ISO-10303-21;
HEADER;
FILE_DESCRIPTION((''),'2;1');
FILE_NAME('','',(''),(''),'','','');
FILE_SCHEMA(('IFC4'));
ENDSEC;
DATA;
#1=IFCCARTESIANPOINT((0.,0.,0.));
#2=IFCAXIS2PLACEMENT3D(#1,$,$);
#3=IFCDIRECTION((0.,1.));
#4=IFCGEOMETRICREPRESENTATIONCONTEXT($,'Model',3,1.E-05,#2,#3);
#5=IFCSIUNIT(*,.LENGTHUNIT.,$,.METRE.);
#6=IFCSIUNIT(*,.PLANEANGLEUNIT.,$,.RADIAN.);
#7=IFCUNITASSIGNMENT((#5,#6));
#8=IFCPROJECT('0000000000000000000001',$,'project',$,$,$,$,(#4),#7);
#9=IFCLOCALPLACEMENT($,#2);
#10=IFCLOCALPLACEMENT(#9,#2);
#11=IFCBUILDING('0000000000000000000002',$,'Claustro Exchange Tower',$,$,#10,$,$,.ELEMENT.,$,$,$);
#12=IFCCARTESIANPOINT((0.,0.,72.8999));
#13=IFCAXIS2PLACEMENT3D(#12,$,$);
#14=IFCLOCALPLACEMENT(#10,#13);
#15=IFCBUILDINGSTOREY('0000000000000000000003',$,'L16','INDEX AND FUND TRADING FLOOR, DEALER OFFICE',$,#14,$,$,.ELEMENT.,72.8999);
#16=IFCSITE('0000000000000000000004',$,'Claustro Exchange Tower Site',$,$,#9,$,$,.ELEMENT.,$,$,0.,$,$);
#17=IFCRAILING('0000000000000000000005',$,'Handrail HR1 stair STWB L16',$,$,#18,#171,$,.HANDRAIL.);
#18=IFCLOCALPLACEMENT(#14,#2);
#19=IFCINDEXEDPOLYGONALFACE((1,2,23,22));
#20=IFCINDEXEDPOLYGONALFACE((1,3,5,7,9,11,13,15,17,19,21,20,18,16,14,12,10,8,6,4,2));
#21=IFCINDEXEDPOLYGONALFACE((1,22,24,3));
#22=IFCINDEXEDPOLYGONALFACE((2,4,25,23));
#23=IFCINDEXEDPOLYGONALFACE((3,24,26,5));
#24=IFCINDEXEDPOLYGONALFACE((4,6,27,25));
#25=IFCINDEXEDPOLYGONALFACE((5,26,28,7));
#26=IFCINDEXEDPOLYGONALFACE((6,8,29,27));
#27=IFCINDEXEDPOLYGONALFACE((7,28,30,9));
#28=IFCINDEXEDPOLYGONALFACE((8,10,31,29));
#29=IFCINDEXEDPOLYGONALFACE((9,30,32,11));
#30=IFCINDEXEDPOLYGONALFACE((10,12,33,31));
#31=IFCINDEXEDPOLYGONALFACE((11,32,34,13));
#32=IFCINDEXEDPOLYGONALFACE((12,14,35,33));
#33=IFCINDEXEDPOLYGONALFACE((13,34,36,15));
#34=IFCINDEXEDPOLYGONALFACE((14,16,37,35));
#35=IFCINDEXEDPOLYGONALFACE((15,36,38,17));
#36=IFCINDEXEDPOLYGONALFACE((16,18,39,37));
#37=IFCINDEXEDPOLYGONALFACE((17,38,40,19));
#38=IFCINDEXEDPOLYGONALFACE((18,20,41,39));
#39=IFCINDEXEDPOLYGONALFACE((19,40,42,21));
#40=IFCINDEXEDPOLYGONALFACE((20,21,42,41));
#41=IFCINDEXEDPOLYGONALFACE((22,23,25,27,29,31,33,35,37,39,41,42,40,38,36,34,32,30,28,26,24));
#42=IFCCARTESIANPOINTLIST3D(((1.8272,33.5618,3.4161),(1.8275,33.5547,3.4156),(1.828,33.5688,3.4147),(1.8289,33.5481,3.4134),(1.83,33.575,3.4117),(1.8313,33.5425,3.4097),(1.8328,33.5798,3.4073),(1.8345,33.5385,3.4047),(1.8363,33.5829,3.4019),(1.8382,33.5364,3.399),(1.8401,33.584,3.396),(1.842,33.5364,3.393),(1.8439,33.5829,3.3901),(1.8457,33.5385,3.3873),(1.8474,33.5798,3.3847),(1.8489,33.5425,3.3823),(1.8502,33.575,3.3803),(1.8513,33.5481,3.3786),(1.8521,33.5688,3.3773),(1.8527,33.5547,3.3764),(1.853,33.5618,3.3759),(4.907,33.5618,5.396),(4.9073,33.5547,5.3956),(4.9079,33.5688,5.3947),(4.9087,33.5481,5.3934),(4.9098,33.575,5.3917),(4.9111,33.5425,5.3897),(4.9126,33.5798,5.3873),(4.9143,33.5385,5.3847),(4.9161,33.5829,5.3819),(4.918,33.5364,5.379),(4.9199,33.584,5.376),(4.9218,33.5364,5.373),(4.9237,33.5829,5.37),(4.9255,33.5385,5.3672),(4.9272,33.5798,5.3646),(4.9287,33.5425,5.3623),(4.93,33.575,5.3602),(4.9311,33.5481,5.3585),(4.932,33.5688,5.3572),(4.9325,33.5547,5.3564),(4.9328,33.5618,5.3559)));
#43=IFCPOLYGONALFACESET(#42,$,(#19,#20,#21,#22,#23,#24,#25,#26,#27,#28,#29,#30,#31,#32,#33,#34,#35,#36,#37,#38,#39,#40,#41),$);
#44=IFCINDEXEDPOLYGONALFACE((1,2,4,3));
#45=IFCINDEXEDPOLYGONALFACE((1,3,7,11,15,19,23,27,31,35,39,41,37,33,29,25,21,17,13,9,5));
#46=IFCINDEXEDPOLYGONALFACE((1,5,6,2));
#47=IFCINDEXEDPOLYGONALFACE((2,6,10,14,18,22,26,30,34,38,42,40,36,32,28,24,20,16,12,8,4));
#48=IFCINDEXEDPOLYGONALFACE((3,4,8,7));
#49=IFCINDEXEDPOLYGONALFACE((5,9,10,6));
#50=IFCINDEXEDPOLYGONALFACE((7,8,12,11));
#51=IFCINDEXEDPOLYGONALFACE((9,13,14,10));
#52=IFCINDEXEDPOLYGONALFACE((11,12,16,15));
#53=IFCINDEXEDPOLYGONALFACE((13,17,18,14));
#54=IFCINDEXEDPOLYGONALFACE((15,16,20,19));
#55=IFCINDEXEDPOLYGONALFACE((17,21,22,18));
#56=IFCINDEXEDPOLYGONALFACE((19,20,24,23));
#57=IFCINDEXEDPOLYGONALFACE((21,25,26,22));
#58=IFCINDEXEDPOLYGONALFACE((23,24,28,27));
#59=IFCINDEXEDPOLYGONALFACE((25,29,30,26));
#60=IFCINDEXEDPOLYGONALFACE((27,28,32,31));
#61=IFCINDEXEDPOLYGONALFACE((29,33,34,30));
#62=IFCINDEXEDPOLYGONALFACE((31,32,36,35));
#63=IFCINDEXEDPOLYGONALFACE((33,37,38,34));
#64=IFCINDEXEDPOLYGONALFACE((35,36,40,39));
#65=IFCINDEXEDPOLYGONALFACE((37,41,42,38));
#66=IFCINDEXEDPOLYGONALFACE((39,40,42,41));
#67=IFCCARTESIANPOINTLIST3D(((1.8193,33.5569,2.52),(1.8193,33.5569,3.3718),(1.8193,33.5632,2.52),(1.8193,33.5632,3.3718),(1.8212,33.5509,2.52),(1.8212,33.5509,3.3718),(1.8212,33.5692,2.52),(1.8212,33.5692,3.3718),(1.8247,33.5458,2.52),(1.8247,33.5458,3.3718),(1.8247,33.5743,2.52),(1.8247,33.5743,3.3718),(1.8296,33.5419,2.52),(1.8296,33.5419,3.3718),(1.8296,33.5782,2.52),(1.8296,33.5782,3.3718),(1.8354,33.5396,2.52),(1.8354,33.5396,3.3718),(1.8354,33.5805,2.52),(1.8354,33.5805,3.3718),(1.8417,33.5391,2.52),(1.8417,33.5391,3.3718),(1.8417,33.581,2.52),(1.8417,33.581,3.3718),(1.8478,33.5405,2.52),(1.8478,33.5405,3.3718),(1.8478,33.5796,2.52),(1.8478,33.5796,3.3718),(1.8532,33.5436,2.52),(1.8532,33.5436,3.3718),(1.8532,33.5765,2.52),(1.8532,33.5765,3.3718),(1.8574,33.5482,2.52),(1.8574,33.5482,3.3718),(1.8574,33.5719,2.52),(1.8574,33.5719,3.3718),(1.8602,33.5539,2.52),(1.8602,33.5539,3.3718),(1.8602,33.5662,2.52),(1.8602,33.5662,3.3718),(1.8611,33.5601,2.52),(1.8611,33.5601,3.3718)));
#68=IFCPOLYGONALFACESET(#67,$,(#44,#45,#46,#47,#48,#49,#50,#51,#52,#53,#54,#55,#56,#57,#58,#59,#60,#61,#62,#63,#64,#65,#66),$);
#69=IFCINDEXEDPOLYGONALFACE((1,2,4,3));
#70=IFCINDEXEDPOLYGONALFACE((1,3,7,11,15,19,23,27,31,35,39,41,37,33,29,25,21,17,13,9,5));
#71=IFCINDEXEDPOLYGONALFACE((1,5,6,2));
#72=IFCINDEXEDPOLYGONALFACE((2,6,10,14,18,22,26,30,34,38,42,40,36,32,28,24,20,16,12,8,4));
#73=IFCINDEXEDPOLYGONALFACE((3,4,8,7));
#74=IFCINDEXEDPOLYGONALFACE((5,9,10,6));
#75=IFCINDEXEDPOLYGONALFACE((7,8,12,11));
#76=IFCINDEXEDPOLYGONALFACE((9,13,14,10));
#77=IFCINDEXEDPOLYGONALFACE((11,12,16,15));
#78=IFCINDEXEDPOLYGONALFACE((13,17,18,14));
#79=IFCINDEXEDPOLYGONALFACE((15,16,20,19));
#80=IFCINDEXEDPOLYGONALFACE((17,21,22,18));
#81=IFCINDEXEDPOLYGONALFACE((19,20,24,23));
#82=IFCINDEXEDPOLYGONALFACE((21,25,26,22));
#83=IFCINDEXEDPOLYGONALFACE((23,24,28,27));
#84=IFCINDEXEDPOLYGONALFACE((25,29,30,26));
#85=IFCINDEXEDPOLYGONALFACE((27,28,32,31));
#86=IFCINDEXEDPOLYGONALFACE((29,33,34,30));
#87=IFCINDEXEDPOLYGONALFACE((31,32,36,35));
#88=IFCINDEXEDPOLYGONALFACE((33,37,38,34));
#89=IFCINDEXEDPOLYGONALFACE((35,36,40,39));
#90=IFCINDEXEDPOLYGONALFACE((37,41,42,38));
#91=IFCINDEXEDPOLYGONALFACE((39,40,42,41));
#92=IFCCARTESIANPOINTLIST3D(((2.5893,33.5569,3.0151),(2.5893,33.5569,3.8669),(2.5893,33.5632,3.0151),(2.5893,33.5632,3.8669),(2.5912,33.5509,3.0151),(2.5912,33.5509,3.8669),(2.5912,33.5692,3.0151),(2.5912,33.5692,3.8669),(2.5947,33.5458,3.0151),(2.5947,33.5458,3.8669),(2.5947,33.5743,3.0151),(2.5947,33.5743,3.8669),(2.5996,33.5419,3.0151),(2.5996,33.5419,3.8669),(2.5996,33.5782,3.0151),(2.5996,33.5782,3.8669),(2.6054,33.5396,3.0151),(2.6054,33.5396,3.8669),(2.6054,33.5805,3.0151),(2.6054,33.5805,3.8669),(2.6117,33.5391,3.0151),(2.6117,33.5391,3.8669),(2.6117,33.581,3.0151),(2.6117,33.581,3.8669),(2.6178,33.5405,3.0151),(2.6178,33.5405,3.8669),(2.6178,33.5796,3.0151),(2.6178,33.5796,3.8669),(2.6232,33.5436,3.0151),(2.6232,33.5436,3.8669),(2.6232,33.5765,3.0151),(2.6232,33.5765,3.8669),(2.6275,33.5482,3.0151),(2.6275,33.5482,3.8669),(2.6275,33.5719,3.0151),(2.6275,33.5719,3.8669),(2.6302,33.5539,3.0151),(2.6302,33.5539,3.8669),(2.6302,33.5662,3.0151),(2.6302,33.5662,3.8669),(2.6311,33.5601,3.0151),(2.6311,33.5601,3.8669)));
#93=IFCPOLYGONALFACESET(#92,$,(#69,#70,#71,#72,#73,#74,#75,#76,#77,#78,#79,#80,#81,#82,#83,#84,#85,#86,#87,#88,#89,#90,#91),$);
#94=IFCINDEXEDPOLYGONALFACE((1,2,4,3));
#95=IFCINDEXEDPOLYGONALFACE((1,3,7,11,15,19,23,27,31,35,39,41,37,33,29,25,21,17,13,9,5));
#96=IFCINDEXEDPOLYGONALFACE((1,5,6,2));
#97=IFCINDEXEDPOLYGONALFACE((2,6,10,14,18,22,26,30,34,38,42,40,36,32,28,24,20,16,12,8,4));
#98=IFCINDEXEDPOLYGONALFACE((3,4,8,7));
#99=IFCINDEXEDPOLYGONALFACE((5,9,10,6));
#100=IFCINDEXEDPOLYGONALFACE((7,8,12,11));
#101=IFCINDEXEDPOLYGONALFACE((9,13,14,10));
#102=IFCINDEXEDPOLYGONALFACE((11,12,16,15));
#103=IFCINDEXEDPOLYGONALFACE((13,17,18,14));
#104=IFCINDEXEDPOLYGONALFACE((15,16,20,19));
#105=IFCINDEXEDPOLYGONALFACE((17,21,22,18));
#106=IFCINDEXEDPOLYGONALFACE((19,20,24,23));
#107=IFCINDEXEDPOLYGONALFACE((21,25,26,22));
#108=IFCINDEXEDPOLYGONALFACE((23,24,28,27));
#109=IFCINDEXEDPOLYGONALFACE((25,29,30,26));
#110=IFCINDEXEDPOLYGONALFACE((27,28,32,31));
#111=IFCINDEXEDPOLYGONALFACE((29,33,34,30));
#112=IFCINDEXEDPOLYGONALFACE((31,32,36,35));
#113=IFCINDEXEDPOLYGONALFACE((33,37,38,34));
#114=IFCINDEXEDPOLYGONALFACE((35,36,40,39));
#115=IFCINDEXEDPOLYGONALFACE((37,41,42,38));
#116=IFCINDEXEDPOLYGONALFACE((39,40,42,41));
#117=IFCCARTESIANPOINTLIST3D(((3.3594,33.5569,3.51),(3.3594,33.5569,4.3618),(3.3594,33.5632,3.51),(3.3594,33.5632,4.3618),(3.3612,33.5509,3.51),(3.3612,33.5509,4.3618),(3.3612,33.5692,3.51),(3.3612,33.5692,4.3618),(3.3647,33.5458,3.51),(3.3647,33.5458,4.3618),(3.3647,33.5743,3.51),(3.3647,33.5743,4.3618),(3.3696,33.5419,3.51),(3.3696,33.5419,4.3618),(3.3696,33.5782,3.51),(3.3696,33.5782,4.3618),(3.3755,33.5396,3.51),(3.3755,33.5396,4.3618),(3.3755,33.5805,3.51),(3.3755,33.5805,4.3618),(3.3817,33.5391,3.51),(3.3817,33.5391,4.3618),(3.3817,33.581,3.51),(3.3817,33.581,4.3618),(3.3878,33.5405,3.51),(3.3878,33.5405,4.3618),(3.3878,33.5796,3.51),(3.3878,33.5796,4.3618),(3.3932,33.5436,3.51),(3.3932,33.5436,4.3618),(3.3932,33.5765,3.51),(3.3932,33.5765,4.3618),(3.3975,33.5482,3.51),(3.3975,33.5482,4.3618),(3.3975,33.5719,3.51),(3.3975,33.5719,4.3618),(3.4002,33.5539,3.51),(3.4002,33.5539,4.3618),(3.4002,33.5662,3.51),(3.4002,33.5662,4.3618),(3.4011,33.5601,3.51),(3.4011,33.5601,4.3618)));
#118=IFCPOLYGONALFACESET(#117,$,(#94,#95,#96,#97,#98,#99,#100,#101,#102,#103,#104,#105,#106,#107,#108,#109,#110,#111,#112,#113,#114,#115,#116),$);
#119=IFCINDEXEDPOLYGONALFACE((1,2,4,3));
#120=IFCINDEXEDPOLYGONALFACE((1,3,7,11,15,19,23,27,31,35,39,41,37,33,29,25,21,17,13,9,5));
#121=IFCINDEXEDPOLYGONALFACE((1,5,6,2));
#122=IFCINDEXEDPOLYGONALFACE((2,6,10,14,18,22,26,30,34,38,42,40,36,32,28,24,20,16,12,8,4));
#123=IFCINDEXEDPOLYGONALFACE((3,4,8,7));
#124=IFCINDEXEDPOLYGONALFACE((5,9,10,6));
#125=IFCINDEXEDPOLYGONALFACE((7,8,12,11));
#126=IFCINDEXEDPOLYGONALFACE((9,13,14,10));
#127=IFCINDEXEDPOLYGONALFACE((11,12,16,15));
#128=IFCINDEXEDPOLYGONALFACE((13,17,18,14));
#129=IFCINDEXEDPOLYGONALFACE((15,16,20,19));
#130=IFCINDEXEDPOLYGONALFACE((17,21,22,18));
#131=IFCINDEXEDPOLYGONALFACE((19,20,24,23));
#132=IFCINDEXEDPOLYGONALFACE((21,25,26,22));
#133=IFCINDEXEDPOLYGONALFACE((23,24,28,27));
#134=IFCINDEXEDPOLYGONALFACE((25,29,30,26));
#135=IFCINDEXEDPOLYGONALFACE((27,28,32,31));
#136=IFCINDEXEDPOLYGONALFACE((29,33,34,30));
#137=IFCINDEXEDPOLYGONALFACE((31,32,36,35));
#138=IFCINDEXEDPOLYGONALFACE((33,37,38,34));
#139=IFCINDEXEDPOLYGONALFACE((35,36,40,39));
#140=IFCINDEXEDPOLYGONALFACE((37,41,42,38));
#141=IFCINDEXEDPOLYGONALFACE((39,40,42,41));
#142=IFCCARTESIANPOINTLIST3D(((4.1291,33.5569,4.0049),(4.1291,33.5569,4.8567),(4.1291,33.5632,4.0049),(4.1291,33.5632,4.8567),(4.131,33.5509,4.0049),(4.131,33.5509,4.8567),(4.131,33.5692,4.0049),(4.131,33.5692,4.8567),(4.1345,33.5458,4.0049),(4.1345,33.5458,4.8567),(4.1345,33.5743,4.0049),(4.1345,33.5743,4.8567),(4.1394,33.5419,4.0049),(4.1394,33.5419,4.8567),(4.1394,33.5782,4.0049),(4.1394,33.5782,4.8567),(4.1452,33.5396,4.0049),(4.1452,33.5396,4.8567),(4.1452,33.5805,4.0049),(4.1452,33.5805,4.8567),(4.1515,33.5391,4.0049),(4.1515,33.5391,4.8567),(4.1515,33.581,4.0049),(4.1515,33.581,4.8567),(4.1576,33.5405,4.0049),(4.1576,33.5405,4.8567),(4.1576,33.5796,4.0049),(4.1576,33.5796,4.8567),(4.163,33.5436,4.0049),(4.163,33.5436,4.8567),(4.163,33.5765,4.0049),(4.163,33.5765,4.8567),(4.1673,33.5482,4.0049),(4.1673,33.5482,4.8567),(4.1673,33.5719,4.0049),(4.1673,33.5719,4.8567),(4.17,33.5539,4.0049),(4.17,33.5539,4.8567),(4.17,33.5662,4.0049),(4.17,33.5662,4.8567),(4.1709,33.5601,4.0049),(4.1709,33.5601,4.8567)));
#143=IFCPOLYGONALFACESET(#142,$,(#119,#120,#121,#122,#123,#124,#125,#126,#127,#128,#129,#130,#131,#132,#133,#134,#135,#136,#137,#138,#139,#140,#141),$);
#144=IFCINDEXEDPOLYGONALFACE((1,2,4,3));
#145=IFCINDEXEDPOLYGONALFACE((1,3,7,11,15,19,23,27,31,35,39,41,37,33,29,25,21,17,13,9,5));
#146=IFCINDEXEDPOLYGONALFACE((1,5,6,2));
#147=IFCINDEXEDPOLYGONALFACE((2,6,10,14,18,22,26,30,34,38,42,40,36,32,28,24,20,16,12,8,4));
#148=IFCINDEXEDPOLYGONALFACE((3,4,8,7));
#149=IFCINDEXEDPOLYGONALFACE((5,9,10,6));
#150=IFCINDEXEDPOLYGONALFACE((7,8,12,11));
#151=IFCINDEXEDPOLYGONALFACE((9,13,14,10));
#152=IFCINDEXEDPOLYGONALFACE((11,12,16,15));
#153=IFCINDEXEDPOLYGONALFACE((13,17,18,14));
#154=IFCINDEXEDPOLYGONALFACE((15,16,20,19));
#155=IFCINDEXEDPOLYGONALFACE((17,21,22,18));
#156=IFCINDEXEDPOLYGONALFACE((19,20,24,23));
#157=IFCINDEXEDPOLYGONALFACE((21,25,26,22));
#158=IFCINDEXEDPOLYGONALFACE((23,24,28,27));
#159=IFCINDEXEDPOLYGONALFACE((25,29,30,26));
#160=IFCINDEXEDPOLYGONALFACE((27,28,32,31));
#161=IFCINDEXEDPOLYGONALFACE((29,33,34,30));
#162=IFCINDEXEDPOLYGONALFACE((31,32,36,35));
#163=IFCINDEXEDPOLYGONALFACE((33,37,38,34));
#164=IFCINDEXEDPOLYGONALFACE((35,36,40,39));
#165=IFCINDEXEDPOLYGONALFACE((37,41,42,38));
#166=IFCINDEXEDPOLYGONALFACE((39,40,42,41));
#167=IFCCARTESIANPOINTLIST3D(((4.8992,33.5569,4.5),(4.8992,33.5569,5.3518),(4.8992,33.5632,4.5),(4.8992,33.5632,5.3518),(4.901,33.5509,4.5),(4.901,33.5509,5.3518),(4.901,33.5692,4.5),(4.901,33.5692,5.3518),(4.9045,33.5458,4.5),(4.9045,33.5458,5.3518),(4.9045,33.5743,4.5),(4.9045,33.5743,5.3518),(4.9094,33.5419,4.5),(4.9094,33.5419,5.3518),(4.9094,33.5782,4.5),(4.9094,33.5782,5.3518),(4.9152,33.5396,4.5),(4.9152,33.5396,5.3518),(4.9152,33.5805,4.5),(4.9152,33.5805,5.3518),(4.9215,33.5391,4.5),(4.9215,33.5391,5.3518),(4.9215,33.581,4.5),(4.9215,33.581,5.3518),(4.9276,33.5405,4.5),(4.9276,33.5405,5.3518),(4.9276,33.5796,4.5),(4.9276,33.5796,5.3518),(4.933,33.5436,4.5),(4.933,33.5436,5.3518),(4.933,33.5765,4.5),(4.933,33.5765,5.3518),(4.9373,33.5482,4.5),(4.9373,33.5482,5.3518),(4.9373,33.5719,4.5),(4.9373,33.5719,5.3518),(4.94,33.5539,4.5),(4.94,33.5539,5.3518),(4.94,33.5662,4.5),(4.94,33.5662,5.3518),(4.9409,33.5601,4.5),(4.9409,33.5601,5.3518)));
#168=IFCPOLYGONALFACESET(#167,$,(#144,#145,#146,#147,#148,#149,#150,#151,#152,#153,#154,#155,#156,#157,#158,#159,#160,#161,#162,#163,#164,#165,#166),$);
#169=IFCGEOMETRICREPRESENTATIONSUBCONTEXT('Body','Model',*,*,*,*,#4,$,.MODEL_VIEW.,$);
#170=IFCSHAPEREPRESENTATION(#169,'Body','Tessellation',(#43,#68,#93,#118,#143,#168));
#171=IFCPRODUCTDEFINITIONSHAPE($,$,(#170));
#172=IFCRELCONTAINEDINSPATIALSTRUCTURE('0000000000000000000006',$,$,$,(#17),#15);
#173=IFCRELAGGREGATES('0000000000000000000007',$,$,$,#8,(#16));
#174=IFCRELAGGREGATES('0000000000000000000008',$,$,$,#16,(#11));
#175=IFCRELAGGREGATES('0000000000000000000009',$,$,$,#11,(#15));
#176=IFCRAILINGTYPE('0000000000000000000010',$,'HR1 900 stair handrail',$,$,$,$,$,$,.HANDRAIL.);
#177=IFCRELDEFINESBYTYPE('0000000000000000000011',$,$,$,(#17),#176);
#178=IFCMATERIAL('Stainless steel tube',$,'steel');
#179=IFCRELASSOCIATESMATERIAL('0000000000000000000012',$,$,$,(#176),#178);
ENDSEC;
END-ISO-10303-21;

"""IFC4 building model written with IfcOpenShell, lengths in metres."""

from ifc_helpers import new_model, si_unit, direction, frame, origin, origin_2d, place, context, subcontext, project, spatial, circle, extrude, material, type_object, element, save


model = new_model("IFC4")

# Units and contexts
model_context = context("Model", 3, precision=1e-05, world=origin(), true_north=direction((0.0, 1.0)))
body_context = subcontext(model_context, "Body", "Model", "MODEL_VIEW")
ifc_project = project(units=[si_unit("LENGTHUNIT", "METRE"), si_unit("PLANEANGLEUNIT", "RADIAN")], contexts=[model_context])

# Site, building, storey
site_placement = place(None, origin())
site = spatial("IfcSite", under=ifc_project, at=site_placement, Name="Claustro Exchange Tower Site", CompositionType="ELEMENT", RefElevation=0.0)
building_placement = place(site_placement, origin())
building = spatial("IfcBuilding", under=site, at=building_placement, Name="Claustro Exchange Tower", CompositionType="ELEMENT")
storey_placement = place(building_placement, frame((0.0, 0.0, 72.8999)))
storey = spatial("IfcBuildingStorey", under=building, at=storey_placement, Name="L16", Description="INDEX AND FUND TRADING FLOOR, DEALER OFFICE", CompositionType="ELEMENT", Elevation=72.8999)

# Railing
ifc_material_1 = material(Name="Stainless steel tube", Category="steel")
railing_type_1 = type_object("IfcRailingType", Name="HR1 900 stair handrail", PredefinedType="HANDRAIL", material=ifc_material_1)
railing_1_placement = place(storey_placement, frame((1.8401, 33.5601, 2.52)))
element("IfcRailing", 1, at=railing_1_placement, inside=storey, type_object=railing_type_1, Name="Handrail HR1 stair STWB L16", PredefinedType="HANDRAIL", context=body_context, shape_type="SweptSolid", body=[
    extrude(circle(Radius=0.0239, at=origin_2d()), frame((0.0, 0.0, 0.876), z_axis=(0.841168, 0.0, 0.540774), x_axis=(0.0, 1.0, 0.0)), (0.0, 0.0, 1.0), 3.6614),
    extrude(circle(Radius=0.021, at=origin_2d()), origin(), (0.0, 0.0, 1.0), 0.8518),
    extrude(circle(Radius=0.021, at=origin_2d()), frame((0.77, 0.0, 0.4951)), (0.0, 0.0, 1.0), 0.8518),
    extrude(circle(Radius=0.021, at=origin_2d()), frame((1.54, 0.0, 0.99)), (0.0, 0.0, 1.0), 0.8518),
    extrude(circle(Radius=0.021, at=origin_2d()), frame((2.3098, 0.0, 1.4849)), (0.0, 0.0, 1.0), 0.8518),
    extrude(circle(Radius=0.021, at=origin_2d()), frame((3.0798, 0.0, 1.98)), (0.0, 0.0, 1.0), 0.8518),
])

save(model, "model.ifc")
